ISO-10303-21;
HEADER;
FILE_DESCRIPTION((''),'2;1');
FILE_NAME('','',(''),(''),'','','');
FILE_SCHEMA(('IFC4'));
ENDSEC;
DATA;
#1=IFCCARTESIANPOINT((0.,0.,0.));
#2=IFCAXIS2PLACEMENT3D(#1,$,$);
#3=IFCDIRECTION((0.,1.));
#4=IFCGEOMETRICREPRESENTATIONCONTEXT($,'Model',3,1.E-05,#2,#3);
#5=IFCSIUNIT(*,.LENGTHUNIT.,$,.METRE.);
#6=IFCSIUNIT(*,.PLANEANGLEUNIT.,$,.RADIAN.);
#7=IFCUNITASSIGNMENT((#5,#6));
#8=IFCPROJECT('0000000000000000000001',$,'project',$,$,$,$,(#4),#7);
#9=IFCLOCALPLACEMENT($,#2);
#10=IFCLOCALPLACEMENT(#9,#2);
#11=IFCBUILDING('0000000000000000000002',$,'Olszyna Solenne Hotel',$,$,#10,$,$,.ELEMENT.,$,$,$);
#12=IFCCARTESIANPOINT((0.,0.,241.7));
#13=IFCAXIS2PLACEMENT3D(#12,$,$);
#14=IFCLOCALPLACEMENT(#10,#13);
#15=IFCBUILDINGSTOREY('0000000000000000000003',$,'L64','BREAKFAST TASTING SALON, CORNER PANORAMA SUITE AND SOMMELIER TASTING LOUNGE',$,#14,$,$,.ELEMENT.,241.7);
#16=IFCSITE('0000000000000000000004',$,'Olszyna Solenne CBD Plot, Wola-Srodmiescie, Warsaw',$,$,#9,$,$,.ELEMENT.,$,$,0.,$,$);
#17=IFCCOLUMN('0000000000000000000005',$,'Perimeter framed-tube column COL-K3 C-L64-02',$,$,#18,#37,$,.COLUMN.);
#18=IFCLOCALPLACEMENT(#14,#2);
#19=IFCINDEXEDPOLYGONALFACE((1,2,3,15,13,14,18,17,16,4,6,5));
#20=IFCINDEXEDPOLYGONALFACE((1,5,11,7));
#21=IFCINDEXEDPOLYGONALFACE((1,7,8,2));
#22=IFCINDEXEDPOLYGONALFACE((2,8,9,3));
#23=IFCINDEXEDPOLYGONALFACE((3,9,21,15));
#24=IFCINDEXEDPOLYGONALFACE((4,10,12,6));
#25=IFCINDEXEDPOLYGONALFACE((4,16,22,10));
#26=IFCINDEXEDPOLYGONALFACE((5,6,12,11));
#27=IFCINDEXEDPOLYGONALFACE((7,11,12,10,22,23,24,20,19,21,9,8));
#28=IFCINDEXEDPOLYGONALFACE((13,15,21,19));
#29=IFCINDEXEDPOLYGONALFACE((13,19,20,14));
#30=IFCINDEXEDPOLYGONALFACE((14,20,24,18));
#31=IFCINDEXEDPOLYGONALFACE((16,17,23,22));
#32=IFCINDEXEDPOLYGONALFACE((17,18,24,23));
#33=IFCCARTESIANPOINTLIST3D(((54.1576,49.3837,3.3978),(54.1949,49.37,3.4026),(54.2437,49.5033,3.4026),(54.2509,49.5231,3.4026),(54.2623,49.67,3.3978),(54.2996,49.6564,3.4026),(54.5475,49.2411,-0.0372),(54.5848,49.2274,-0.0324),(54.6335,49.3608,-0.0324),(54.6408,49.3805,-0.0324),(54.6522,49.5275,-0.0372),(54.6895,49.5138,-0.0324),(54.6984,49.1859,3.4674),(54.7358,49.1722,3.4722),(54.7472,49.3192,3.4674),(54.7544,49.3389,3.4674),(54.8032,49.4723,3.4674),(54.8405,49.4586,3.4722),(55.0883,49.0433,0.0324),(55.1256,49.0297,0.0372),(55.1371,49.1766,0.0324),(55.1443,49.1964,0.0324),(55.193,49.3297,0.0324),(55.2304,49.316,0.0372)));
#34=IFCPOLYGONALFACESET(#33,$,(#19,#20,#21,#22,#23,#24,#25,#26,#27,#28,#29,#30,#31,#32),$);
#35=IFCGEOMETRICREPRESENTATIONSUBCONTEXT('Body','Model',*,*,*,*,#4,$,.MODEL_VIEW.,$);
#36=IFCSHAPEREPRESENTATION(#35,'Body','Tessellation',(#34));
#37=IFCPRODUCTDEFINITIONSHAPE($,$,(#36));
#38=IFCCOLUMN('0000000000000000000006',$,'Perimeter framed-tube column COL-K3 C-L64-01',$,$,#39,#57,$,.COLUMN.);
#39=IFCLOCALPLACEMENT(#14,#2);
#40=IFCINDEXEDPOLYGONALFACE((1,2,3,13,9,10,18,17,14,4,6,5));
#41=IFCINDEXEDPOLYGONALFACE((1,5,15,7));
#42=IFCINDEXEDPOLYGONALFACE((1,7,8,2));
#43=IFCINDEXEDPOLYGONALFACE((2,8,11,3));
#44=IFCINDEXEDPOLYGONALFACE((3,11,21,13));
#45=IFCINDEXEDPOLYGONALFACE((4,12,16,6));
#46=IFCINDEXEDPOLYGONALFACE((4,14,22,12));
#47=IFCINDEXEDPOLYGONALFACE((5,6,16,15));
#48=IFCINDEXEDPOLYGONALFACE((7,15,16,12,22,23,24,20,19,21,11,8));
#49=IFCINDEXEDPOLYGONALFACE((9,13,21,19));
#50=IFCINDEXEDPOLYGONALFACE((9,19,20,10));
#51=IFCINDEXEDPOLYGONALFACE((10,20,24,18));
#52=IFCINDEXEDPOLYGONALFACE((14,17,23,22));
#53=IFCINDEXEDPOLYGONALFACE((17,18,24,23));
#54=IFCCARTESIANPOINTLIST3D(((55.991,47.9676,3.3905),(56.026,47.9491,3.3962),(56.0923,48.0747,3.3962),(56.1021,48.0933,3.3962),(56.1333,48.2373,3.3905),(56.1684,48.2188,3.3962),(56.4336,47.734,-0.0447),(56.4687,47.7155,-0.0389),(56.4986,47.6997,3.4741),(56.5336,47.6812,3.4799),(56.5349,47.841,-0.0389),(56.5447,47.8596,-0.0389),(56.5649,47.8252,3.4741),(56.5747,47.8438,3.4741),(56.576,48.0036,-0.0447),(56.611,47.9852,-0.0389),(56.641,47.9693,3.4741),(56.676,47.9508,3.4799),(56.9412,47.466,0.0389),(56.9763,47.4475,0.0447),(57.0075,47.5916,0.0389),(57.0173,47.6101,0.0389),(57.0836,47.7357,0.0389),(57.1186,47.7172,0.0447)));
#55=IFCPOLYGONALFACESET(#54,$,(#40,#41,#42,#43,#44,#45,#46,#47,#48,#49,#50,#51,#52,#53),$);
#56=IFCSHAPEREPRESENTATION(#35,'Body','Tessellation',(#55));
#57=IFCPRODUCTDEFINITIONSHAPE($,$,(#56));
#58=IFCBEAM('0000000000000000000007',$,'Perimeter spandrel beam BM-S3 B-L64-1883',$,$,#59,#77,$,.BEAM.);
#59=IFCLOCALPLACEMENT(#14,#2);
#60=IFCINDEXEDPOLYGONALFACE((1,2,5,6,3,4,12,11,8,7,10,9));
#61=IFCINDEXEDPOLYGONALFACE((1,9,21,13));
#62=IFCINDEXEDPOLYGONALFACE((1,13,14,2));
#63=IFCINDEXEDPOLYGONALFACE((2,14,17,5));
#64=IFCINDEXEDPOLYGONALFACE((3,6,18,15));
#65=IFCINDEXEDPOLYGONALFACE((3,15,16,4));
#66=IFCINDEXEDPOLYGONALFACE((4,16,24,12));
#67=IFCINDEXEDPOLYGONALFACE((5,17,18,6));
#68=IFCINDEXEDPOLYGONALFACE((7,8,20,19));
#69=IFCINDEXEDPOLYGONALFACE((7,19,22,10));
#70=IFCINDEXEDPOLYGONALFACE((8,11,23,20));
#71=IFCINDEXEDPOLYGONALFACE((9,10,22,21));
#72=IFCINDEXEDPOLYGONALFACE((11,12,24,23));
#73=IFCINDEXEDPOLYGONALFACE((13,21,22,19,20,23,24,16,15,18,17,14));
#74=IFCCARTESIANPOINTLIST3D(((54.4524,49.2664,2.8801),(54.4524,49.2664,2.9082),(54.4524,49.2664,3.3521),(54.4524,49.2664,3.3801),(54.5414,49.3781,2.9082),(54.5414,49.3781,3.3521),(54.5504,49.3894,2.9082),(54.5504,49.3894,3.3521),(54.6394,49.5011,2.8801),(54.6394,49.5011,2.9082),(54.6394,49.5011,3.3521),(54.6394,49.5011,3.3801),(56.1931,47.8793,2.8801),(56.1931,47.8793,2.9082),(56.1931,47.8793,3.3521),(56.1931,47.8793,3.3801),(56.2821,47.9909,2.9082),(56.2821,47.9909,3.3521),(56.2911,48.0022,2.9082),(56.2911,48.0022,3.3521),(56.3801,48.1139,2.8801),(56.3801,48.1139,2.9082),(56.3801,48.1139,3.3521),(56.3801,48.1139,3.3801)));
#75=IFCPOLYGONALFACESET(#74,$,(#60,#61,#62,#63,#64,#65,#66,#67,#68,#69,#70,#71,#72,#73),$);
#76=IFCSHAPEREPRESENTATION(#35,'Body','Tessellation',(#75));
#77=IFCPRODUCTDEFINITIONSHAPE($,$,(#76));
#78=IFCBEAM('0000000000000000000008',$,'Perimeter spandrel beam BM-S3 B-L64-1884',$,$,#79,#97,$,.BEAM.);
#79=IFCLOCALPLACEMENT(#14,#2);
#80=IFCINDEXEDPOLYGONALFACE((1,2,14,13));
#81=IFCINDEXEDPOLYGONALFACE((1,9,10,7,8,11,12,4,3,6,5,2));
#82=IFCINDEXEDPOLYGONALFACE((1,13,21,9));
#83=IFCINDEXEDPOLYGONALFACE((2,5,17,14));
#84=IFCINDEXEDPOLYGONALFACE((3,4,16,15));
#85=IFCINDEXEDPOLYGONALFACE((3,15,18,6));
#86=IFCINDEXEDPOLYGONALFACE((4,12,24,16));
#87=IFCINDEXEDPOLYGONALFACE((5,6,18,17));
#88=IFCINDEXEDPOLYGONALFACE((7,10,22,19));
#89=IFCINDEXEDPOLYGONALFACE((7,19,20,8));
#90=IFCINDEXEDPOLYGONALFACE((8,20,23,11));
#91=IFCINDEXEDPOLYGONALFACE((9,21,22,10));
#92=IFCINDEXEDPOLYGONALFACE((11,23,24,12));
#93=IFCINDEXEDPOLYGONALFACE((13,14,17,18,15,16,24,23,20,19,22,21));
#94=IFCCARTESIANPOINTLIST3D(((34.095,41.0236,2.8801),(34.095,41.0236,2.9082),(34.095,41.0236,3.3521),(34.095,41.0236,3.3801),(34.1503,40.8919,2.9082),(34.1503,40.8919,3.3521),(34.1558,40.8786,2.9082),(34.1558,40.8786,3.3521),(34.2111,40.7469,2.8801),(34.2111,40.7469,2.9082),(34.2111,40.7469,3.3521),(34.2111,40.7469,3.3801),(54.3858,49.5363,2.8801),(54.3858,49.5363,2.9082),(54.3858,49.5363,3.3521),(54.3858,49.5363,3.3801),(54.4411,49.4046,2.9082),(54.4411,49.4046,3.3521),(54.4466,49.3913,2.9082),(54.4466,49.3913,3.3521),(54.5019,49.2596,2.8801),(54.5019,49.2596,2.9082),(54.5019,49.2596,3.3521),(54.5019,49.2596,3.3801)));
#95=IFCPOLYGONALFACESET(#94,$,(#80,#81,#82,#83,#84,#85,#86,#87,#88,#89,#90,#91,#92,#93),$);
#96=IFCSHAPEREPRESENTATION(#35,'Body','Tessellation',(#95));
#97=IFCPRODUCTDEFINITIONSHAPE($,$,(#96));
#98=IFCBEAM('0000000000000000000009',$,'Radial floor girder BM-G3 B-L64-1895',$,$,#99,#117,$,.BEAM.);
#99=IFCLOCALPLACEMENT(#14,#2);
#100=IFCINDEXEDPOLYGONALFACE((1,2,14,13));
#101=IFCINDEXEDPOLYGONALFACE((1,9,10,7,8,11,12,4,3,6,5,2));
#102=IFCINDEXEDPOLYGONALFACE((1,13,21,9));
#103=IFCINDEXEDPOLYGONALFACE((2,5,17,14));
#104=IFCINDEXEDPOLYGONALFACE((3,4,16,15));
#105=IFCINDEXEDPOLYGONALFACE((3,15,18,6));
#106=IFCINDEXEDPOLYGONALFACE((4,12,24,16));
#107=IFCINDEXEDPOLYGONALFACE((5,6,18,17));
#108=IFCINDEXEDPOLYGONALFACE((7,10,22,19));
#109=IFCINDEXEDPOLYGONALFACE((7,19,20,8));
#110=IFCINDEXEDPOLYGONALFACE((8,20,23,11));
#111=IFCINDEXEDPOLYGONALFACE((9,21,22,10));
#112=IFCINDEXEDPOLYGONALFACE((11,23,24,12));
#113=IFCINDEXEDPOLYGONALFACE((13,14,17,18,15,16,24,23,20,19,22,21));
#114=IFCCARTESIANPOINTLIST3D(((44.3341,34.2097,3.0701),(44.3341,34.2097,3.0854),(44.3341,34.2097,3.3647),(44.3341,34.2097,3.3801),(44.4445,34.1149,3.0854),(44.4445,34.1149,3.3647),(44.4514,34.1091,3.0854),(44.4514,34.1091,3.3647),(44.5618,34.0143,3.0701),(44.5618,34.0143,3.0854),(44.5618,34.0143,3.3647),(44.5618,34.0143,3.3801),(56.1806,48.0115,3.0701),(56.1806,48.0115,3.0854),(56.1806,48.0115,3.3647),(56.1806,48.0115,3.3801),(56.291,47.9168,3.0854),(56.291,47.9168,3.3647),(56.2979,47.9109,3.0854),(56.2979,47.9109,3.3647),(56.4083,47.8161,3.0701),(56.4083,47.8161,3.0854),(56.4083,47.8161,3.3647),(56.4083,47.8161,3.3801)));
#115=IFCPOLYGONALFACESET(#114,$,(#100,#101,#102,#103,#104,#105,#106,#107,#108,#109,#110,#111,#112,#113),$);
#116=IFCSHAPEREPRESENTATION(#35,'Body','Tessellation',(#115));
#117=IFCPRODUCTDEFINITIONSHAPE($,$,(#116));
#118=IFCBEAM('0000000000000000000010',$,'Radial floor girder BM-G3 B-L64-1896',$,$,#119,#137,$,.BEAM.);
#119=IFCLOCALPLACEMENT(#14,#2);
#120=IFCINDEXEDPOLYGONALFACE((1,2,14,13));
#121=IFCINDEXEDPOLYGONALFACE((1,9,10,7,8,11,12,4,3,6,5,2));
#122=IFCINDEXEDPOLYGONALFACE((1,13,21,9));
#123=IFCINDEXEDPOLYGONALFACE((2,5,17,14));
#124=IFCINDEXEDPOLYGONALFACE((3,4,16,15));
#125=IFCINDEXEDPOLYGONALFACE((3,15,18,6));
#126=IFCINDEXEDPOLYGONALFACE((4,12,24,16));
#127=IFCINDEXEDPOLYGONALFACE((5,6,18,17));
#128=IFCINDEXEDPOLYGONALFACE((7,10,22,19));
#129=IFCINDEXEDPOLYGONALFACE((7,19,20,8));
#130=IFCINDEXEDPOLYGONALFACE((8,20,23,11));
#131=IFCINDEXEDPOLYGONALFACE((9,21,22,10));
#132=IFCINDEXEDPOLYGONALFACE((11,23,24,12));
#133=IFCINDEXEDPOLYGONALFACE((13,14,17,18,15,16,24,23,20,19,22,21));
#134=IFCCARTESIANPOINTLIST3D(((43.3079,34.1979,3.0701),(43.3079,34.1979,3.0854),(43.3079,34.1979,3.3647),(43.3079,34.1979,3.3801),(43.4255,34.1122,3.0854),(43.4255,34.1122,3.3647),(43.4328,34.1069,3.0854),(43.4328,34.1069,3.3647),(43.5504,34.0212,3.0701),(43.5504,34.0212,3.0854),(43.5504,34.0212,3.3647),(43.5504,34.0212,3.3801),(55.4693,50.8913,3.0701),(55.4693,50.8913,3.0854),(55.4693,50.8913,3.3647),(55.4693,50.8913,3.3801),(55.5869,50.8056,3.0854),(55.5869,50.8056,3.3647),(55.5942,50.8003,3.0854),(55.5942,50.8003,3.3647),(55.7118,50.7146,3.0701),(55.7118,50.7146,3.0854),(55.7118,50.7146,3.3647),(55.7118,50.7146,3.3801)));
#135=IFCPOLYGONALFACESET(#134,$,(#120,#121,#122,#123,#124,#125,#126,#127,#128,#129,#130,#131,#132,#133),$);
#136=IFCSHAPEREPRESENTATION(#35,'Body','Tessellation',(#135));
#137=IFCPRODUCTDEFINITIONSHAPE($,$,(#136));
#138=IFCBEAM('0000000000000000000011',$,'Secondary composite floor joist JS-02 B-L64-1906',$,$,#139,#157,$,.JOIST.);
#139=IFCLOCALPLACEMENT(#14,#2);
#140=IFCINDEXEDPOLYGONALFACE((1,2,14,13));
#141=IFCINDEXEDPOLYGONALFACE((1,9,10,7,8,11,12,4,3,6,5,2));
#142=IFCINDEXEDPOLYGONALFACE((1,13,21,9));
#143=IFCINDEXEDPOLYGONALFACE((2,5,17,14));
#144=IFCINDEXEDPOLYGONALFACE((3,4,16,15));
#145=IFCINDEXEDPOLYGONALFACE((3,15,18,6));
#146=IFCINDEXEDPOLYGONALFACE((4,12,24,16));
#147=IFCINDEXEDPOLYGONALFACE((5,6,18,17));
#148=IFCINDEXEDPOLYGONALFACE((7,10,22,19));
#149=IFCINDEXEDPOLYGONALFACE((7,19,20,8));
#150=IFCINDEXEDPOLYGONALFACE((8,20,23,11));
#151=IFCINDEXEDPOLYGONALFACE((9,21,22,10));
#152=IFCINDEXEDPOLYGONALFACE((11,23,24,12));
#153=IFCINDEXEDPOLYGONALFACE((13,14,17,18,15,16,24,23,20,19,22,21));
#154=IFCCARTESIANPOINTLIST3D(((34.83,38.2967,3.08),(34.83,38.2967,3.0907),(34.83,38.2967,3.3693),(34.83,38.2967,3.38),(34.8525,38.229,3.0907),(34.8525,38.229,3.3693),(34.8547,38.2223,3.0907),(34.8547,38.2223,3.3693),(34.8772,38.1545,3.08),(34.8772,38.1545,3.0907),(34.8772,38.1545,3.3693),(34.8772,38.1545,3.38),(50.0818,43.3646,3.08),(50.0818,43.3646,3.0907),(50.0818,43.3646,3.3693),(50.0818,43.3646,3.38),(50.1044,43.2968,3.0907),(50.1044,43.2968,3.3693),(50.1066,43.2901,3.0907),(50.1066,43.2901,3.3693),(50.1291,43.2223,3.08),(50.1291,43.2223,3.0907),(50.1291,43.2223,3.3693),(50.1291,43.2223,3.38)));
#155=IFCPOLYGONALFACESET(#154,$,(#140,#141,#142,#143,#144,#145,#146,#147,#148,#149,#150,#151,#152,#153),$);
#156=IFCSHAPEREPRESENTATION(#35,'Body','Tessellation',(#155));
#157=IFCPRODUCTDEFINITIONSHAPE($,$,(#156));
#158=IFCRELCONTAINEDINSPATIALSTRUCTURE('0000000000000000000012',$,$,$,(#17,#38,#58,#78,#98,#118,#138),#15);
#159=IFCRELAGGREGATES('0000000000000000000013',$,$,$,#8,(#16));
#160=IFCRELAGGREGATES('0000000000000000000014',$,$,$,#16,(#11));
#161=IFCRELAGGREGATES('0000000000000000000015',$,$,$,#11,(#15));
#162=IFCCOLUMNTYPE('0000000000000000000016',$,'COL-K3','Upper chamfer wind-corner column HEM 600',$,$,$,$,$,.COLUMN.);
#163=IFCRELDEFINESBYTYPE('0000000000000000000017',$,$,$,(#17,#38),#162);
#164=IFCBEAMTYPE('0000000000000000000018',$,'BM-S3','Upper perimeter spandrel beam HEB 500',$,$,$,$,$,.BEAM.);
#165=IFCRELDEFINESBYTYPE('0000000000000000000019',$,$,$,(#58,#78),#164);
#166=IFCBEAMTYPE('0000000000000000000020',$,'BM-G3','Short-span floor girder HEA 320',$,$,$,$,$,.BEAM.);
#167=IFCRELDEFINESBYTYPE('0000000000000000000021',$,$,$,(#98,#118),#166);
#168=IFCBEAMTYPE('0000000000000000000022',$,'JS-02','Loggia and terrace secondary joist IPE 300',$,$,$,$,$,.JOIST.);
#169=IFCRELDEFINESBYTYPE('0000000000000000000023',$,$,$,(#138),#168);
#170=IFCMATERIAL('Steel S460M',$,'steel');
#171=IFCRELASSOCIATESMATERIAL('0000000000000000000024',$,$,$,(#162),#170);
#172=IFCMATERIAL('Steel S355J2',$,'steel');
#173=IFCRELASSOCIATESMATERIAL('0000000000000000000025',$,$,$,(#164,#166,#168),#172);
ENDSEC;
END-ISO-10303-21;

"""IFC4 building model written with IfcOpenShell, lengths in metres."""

from ifc_helpers import new_model, si_unit, direction, frame, origin, origin_2d, place, context, subcontext, project, spatial, i_section, extrude, source, transform, mapped, material, material_profile, profile_set, type_object, element, save


model = new_model("IFC4")

# Units and contexts
model_context = context("Model", 3, precision=1e-05, world=origin(), true_north=direction((0.0, 1.0)))
body_context = subcontext(model_context, "Body", "Model", "MODEL_VIEW")
ifc_project = project(units=[si_unit("LENGTHUNIT", "METRE"), si_unit("PLANEANGLEUNIT", "RADIAN")], contexts=[model_context])

# Site, building, storey
site_placement = place(None, origin())
site = spatial("IfcSite", under=ifc_project, at=site_placement, Name="Olszyna Solenne CBD Plot, Wola-Srodmiescie, Warsaw", CompositionType="ELEMENT", RefElevation=0.0)
building_placement = place(site_placement, origin())
building = spatial("IfcBuilding", under=site, at=building_placement, Name="Olszyna Solenne Hotel", CompositionType="ELEMENT")
storey_placement = place(building_placement, frame((0.0, 0.0, 241.7)))
storey = spatial("IfcBuildingStorey", under=building, at=storey_placement, Name="L64", Description="BREAKFAST TASTING SALON, CORNER PANORAMA SUITE AND SOMMELIER TASTING LOUNGE", CompositionType="ELEMENT", Elevation=241.7)

# Columns
ifc_material_1 = material(Name="Steel S460M", Category="steel")
ifc_material_profile_1 = material_profile(ifc_material_1, i_section(OverallWidth=0.3049, OverallDepth=0.6201, WebThickness=0.021, FlangeThickness=0.04, at=origin_2d()), Name="HEM 600", Category="load-bearing")
ifc_profile_set_1 = profile_set([ifc_material_profile_1], Name="Steel S460M")
column_type = type_object("IfcColumnType", Name="COL-K3", Description="Upper chamfer wind-corner column HEM 600", PredefinedType="COLUMN", material=ifc_profile_set_1)
shared_shape_1 = source(origin(), body_context, "Body", "SweptSolid", [
    extrude(i_section(OverallWidth=0.3049, OverallDepth=0.6201, WebThickness=0.021, FlangeThickness=0.04, at=origin_2d()), origin(), (0.0, 0.0, 1.0), 3.46),
])
column_1_placement = place(storey_placement, frame((54.8889, 49.2786, 0.0), z_axis=(-0.112684, 0.041207, 0.992776), x_axis=(-0.343442, -0.939174, 0.0)))
element("IfcColumn", 1, at=column_1_placement, inside=storey, type_object=column_type, Name="Perimeter framed-tube column COL-K3 C-L64-02", PredefinedType="COLUMN", context=body_context, shape_type="MappedRepresentation", body=[
    mapped(shared_shape_1, transform((0.0, 0.0, 0.0), x_axis=(1.0, 0.0, 0.0), y_axis=(0.0, 1.0, 0.0), z_axis=(0.0, 0.0, 1.0), scale=1.0)),
])
shared_shape_2 = source(origin(), body_context, "Body", "SweptSolid", [
    extrude(i_section(OverallWidth=0.3049, OverallDepth=0.6201, WebThickness=0.021, FlangeThickness=0.04, at=origin_2d()), origin(), (0.0, 0.0, 1.0), 3.4714),
])
column_2_placement = place(storey_placement, frame((56.7761, 47.7256, 0.0), z_axis=(-0.127509, 0.067306, 0.989551), x_axis=(-0.466812, -0.884357, 0.0)))
element("IfcColumn", 2, at=column_2_placement, inside=storey, type_object=column_type, Name="Perimeter framed-tube column COL-K3 C-L64-01", PredefinedType="COLUMN", context=body_context, shape_type="MappedRepresentation", body=[
    mapped(shared_shape_2, transform((0.0, 0.0, 0.0), x_axis=(1.0, 0.0, 0.0), y_axis=(0.0, 1.0, 0.0), z_axis=(0.0, 0.0, 1.0), scale=1.0)),
])

# Beams
ifc_material_2 = material(Name="Steel S355J2", Category="steel")
ifc_material_profile_2 = material_profile(ifc_material_2, i_section(OverallWidth=0.3, OverallDepth=0.5, WebThickness=0.0144, FlangeThickness=0.0281, at=origin_2d()), Name="HEB 500", Category="load-bearing")
ifc_profile_set_2 = profile_set([ifc_material_profile_2], Name="Steel S355J2")
beam_type_1 = type_object("IfcBeamType", Name="BM-S3", Description="Upper perimeter spandrel beam HEB 500", PredefinedType="BEAM", material=ifc_profile_set_2)
shared_shape_3 = source(origin(), body_context, "Body", "SweptSolid", [
    extrude(i_section(OverallWidth=0.3, OverallDepth=0.5, WebThickness=0.0144, FlangeThickness=0.0281, at=origin_2d()), origin(), (0.0, 0.0, 1.0), 2.2258),
])
beam_1_placement = place(storey_placement, frame((56.2866, 47.9966, 3.1301), z_axis=(-0.782045, 0.623223, 0.0), x_axis=(-0.623223, -0.782045, 0.0)))
element("IfcBeam", 3, at=beam_1_placement, inside=storey, type_object=beam_type_1, Name="Perimeter spandrel beam BM-S3 B-L64-1883", PredefinedType="BEAM", context=body_context, shape_type="MappedRepresentation", body=[
    mapped(shared_shape_3, transform((0.0, 0.0, 0.0), x_axis=(1.0, 0.0, 0.0), y_axis=(0.0, 1.0, 0.0), z_axis=(0.0, 0.0, 1.0), scale=1.0)),
])
shared_shape_4 = source(origin(), body_context, "Body", "SweptSolid", [
    extrude(i_section(OverallWidth=0.3, OverallDepth=0.5, WebThickness=0.0144, FlangeThickness=0.0281, at=origin_2d()), origin(), (0.0, 0.0, 1.0), 22.0042),
])
beam_2_placement = place(storey_placement, frame((54.4438, 49.3979, 3.1301), z_axis=(-0.922135, -0.386868, 0.0), x_axis=(0.386868, -0.922135, 0.0)))
element("IfcBeam", 4, at=beam_2_placement, inside=storey, type_object=beam_type_1, Name="Perimeter spandrel beam BM-S3 B-L64-1884", PredefinedType="BEAM", context=body_context, shape_type="MappedRepresentation", body=[
    mapped(shared_shape_4, transform((0.0, 0.0, 0.0), x_axis=(1.0, 0.0, 0.0), y_axis=(0.0, 1.0, 0.0), z_axis=(0.0, 0.0, 1.0), scale=1.0)),
])
ifc_material_profile_3 = material_profile(ifc_material_2, i_section(OverallWidth=0.3, OverallDepth=0.3101, WebThickness=0.009, FlangeThickness=0.0154, at=origin_2d()), Name="HEA 320", Category="load-bearing")
ifc_profile_set_3 = profile_set([ifc_material_profile_3], Name="Steel S355J2")
beam_type_2 = type_object("IfcBeamType", Name="BM-G3", Description="Short-span floor girder HEA 320", PredefinedType="BEAM", material=ifc_profile_set_3)
shared_shape_5 = source(origin(), body_context, "Body", "SweptSolid", [
    extrude(i_section(OverallWidth=0.3, OverallDepth=0.3101, WebThickness=0.009, FlangeThickness=0.0154, at=origin_2d()), origin(), (0.0, 0.0, 1.0), 18.1887),
])
beam_3_placement = place(storey_placement, frame((56.2944, 47.9138, 3.2251), z_axis=(-0.65131, -0.758812, 0.0), x_axis=(0.758812, -0.65131, 0.0)))
element("IfcBeam", 5, at=beam_3_placement, inside=storey, type_object=beam_type_2, Name="Radial floor girder BM-G3 B-L64-1895", PredefinedType="BEAM", context=body_context, shape_type="MappedRepresentation", body=[
    mapped(shared_shape_5, transform((0.0, 0.0, 0.0), x_axis=(1.0, 0.0, 0.0), y_axis=(0.0, 1.0, 0.0), z_axis=(0.0, 0.0, 1.0), scale=1.0)),
])
shared_shape_6 = source(origin(), body_context, "Body", "SweptSolid", [
    extrude(i_section(OverallWidth=0.3, OverallDepth=0.3101, WebThickness=0.009, FlangeThickness=0.0154, at=origin_2d()), origin(), (0.0, 0.0, 1.0), 20.6536),
])
beam_4_placement = place(storey_placement, frame((55.5906, 50.803, 3.2251), z_axis=(-0.588829, -0.808258, 0.0), x_axis=(0.808258, -0.588829, 0.0)))
element("IfcBeam", 6, at=beam_4_placement, inside=storey, type_object=beam_type_2, Name="Radial floor girder BM-G3 B-L64-1896", PredefinedType="BEAM", context=body_context, shape_type="MappedRepresentation", body=[
    mapped(shared_shape_6, transform((0.0, 0.0, 0.0), x_axis=(1.0, 0.0, 0.0), y_axis=(0.0, 1.0, 0.0), z_axis=(0.0, 0.0, 1.0), scale=1.0)),
])
ifc_material_profile_4 = material_profile(ifc_material_2, i_section(OverallWidth=0.1499, OverallDepth=0.3, WebThickness=0.0071, FlangeThickness=0.0107, at=origin_2d()), Name="IPE 300", Category="load-bearing")
ifc_profile_set_4 = profile_set([ifc_material_profile_4], Name="Steel S355J2")
beam_type_3 = type_object("IfcBeamType", Name="JS-02", Description="Loggia and terrace secondary joist IPE 300", PredefinedType="JOIST", material=ifc_profile_set_4)
shared_shape_7 = source(origin(), body_context, "Body", "SweptSolid", [
    extrude(i_section(OverallWidth=0.1499, OverallDepth=0.3, WebThickness=0.0071, FlangeThickness=0.0107, at=origin_2d()), origin(), (0.0, 0.0, 1.0), 16.0718),
])
beam_5_placement = place(storey_placement, frame((50.1055, 43.2935, 3.23), z_axis=(-0.948984, -0.315325, 0.0), x_axis=(0.315325, -0.948984, 0.0)))
element("IfcBeam", 7, at=beam_5_placement, inside=storey, type_object=beam_type_3, Name="Secondary composite floor joist JS-02 B-L64-1906", PredefinedType="JOIST", context=body_context, shape_type="MappedRepresentation", body=[
    mapped(shared_shape_7, transform((0.0, 0.0, 0.0), x_axis=(1.0, 0.0, 0.0), y_axis=(0.0, 1.0, 0.0), z_axis=(0.0, 0.0, 1.0), scale=1.0)),
])

save(model, "model.ifc")
